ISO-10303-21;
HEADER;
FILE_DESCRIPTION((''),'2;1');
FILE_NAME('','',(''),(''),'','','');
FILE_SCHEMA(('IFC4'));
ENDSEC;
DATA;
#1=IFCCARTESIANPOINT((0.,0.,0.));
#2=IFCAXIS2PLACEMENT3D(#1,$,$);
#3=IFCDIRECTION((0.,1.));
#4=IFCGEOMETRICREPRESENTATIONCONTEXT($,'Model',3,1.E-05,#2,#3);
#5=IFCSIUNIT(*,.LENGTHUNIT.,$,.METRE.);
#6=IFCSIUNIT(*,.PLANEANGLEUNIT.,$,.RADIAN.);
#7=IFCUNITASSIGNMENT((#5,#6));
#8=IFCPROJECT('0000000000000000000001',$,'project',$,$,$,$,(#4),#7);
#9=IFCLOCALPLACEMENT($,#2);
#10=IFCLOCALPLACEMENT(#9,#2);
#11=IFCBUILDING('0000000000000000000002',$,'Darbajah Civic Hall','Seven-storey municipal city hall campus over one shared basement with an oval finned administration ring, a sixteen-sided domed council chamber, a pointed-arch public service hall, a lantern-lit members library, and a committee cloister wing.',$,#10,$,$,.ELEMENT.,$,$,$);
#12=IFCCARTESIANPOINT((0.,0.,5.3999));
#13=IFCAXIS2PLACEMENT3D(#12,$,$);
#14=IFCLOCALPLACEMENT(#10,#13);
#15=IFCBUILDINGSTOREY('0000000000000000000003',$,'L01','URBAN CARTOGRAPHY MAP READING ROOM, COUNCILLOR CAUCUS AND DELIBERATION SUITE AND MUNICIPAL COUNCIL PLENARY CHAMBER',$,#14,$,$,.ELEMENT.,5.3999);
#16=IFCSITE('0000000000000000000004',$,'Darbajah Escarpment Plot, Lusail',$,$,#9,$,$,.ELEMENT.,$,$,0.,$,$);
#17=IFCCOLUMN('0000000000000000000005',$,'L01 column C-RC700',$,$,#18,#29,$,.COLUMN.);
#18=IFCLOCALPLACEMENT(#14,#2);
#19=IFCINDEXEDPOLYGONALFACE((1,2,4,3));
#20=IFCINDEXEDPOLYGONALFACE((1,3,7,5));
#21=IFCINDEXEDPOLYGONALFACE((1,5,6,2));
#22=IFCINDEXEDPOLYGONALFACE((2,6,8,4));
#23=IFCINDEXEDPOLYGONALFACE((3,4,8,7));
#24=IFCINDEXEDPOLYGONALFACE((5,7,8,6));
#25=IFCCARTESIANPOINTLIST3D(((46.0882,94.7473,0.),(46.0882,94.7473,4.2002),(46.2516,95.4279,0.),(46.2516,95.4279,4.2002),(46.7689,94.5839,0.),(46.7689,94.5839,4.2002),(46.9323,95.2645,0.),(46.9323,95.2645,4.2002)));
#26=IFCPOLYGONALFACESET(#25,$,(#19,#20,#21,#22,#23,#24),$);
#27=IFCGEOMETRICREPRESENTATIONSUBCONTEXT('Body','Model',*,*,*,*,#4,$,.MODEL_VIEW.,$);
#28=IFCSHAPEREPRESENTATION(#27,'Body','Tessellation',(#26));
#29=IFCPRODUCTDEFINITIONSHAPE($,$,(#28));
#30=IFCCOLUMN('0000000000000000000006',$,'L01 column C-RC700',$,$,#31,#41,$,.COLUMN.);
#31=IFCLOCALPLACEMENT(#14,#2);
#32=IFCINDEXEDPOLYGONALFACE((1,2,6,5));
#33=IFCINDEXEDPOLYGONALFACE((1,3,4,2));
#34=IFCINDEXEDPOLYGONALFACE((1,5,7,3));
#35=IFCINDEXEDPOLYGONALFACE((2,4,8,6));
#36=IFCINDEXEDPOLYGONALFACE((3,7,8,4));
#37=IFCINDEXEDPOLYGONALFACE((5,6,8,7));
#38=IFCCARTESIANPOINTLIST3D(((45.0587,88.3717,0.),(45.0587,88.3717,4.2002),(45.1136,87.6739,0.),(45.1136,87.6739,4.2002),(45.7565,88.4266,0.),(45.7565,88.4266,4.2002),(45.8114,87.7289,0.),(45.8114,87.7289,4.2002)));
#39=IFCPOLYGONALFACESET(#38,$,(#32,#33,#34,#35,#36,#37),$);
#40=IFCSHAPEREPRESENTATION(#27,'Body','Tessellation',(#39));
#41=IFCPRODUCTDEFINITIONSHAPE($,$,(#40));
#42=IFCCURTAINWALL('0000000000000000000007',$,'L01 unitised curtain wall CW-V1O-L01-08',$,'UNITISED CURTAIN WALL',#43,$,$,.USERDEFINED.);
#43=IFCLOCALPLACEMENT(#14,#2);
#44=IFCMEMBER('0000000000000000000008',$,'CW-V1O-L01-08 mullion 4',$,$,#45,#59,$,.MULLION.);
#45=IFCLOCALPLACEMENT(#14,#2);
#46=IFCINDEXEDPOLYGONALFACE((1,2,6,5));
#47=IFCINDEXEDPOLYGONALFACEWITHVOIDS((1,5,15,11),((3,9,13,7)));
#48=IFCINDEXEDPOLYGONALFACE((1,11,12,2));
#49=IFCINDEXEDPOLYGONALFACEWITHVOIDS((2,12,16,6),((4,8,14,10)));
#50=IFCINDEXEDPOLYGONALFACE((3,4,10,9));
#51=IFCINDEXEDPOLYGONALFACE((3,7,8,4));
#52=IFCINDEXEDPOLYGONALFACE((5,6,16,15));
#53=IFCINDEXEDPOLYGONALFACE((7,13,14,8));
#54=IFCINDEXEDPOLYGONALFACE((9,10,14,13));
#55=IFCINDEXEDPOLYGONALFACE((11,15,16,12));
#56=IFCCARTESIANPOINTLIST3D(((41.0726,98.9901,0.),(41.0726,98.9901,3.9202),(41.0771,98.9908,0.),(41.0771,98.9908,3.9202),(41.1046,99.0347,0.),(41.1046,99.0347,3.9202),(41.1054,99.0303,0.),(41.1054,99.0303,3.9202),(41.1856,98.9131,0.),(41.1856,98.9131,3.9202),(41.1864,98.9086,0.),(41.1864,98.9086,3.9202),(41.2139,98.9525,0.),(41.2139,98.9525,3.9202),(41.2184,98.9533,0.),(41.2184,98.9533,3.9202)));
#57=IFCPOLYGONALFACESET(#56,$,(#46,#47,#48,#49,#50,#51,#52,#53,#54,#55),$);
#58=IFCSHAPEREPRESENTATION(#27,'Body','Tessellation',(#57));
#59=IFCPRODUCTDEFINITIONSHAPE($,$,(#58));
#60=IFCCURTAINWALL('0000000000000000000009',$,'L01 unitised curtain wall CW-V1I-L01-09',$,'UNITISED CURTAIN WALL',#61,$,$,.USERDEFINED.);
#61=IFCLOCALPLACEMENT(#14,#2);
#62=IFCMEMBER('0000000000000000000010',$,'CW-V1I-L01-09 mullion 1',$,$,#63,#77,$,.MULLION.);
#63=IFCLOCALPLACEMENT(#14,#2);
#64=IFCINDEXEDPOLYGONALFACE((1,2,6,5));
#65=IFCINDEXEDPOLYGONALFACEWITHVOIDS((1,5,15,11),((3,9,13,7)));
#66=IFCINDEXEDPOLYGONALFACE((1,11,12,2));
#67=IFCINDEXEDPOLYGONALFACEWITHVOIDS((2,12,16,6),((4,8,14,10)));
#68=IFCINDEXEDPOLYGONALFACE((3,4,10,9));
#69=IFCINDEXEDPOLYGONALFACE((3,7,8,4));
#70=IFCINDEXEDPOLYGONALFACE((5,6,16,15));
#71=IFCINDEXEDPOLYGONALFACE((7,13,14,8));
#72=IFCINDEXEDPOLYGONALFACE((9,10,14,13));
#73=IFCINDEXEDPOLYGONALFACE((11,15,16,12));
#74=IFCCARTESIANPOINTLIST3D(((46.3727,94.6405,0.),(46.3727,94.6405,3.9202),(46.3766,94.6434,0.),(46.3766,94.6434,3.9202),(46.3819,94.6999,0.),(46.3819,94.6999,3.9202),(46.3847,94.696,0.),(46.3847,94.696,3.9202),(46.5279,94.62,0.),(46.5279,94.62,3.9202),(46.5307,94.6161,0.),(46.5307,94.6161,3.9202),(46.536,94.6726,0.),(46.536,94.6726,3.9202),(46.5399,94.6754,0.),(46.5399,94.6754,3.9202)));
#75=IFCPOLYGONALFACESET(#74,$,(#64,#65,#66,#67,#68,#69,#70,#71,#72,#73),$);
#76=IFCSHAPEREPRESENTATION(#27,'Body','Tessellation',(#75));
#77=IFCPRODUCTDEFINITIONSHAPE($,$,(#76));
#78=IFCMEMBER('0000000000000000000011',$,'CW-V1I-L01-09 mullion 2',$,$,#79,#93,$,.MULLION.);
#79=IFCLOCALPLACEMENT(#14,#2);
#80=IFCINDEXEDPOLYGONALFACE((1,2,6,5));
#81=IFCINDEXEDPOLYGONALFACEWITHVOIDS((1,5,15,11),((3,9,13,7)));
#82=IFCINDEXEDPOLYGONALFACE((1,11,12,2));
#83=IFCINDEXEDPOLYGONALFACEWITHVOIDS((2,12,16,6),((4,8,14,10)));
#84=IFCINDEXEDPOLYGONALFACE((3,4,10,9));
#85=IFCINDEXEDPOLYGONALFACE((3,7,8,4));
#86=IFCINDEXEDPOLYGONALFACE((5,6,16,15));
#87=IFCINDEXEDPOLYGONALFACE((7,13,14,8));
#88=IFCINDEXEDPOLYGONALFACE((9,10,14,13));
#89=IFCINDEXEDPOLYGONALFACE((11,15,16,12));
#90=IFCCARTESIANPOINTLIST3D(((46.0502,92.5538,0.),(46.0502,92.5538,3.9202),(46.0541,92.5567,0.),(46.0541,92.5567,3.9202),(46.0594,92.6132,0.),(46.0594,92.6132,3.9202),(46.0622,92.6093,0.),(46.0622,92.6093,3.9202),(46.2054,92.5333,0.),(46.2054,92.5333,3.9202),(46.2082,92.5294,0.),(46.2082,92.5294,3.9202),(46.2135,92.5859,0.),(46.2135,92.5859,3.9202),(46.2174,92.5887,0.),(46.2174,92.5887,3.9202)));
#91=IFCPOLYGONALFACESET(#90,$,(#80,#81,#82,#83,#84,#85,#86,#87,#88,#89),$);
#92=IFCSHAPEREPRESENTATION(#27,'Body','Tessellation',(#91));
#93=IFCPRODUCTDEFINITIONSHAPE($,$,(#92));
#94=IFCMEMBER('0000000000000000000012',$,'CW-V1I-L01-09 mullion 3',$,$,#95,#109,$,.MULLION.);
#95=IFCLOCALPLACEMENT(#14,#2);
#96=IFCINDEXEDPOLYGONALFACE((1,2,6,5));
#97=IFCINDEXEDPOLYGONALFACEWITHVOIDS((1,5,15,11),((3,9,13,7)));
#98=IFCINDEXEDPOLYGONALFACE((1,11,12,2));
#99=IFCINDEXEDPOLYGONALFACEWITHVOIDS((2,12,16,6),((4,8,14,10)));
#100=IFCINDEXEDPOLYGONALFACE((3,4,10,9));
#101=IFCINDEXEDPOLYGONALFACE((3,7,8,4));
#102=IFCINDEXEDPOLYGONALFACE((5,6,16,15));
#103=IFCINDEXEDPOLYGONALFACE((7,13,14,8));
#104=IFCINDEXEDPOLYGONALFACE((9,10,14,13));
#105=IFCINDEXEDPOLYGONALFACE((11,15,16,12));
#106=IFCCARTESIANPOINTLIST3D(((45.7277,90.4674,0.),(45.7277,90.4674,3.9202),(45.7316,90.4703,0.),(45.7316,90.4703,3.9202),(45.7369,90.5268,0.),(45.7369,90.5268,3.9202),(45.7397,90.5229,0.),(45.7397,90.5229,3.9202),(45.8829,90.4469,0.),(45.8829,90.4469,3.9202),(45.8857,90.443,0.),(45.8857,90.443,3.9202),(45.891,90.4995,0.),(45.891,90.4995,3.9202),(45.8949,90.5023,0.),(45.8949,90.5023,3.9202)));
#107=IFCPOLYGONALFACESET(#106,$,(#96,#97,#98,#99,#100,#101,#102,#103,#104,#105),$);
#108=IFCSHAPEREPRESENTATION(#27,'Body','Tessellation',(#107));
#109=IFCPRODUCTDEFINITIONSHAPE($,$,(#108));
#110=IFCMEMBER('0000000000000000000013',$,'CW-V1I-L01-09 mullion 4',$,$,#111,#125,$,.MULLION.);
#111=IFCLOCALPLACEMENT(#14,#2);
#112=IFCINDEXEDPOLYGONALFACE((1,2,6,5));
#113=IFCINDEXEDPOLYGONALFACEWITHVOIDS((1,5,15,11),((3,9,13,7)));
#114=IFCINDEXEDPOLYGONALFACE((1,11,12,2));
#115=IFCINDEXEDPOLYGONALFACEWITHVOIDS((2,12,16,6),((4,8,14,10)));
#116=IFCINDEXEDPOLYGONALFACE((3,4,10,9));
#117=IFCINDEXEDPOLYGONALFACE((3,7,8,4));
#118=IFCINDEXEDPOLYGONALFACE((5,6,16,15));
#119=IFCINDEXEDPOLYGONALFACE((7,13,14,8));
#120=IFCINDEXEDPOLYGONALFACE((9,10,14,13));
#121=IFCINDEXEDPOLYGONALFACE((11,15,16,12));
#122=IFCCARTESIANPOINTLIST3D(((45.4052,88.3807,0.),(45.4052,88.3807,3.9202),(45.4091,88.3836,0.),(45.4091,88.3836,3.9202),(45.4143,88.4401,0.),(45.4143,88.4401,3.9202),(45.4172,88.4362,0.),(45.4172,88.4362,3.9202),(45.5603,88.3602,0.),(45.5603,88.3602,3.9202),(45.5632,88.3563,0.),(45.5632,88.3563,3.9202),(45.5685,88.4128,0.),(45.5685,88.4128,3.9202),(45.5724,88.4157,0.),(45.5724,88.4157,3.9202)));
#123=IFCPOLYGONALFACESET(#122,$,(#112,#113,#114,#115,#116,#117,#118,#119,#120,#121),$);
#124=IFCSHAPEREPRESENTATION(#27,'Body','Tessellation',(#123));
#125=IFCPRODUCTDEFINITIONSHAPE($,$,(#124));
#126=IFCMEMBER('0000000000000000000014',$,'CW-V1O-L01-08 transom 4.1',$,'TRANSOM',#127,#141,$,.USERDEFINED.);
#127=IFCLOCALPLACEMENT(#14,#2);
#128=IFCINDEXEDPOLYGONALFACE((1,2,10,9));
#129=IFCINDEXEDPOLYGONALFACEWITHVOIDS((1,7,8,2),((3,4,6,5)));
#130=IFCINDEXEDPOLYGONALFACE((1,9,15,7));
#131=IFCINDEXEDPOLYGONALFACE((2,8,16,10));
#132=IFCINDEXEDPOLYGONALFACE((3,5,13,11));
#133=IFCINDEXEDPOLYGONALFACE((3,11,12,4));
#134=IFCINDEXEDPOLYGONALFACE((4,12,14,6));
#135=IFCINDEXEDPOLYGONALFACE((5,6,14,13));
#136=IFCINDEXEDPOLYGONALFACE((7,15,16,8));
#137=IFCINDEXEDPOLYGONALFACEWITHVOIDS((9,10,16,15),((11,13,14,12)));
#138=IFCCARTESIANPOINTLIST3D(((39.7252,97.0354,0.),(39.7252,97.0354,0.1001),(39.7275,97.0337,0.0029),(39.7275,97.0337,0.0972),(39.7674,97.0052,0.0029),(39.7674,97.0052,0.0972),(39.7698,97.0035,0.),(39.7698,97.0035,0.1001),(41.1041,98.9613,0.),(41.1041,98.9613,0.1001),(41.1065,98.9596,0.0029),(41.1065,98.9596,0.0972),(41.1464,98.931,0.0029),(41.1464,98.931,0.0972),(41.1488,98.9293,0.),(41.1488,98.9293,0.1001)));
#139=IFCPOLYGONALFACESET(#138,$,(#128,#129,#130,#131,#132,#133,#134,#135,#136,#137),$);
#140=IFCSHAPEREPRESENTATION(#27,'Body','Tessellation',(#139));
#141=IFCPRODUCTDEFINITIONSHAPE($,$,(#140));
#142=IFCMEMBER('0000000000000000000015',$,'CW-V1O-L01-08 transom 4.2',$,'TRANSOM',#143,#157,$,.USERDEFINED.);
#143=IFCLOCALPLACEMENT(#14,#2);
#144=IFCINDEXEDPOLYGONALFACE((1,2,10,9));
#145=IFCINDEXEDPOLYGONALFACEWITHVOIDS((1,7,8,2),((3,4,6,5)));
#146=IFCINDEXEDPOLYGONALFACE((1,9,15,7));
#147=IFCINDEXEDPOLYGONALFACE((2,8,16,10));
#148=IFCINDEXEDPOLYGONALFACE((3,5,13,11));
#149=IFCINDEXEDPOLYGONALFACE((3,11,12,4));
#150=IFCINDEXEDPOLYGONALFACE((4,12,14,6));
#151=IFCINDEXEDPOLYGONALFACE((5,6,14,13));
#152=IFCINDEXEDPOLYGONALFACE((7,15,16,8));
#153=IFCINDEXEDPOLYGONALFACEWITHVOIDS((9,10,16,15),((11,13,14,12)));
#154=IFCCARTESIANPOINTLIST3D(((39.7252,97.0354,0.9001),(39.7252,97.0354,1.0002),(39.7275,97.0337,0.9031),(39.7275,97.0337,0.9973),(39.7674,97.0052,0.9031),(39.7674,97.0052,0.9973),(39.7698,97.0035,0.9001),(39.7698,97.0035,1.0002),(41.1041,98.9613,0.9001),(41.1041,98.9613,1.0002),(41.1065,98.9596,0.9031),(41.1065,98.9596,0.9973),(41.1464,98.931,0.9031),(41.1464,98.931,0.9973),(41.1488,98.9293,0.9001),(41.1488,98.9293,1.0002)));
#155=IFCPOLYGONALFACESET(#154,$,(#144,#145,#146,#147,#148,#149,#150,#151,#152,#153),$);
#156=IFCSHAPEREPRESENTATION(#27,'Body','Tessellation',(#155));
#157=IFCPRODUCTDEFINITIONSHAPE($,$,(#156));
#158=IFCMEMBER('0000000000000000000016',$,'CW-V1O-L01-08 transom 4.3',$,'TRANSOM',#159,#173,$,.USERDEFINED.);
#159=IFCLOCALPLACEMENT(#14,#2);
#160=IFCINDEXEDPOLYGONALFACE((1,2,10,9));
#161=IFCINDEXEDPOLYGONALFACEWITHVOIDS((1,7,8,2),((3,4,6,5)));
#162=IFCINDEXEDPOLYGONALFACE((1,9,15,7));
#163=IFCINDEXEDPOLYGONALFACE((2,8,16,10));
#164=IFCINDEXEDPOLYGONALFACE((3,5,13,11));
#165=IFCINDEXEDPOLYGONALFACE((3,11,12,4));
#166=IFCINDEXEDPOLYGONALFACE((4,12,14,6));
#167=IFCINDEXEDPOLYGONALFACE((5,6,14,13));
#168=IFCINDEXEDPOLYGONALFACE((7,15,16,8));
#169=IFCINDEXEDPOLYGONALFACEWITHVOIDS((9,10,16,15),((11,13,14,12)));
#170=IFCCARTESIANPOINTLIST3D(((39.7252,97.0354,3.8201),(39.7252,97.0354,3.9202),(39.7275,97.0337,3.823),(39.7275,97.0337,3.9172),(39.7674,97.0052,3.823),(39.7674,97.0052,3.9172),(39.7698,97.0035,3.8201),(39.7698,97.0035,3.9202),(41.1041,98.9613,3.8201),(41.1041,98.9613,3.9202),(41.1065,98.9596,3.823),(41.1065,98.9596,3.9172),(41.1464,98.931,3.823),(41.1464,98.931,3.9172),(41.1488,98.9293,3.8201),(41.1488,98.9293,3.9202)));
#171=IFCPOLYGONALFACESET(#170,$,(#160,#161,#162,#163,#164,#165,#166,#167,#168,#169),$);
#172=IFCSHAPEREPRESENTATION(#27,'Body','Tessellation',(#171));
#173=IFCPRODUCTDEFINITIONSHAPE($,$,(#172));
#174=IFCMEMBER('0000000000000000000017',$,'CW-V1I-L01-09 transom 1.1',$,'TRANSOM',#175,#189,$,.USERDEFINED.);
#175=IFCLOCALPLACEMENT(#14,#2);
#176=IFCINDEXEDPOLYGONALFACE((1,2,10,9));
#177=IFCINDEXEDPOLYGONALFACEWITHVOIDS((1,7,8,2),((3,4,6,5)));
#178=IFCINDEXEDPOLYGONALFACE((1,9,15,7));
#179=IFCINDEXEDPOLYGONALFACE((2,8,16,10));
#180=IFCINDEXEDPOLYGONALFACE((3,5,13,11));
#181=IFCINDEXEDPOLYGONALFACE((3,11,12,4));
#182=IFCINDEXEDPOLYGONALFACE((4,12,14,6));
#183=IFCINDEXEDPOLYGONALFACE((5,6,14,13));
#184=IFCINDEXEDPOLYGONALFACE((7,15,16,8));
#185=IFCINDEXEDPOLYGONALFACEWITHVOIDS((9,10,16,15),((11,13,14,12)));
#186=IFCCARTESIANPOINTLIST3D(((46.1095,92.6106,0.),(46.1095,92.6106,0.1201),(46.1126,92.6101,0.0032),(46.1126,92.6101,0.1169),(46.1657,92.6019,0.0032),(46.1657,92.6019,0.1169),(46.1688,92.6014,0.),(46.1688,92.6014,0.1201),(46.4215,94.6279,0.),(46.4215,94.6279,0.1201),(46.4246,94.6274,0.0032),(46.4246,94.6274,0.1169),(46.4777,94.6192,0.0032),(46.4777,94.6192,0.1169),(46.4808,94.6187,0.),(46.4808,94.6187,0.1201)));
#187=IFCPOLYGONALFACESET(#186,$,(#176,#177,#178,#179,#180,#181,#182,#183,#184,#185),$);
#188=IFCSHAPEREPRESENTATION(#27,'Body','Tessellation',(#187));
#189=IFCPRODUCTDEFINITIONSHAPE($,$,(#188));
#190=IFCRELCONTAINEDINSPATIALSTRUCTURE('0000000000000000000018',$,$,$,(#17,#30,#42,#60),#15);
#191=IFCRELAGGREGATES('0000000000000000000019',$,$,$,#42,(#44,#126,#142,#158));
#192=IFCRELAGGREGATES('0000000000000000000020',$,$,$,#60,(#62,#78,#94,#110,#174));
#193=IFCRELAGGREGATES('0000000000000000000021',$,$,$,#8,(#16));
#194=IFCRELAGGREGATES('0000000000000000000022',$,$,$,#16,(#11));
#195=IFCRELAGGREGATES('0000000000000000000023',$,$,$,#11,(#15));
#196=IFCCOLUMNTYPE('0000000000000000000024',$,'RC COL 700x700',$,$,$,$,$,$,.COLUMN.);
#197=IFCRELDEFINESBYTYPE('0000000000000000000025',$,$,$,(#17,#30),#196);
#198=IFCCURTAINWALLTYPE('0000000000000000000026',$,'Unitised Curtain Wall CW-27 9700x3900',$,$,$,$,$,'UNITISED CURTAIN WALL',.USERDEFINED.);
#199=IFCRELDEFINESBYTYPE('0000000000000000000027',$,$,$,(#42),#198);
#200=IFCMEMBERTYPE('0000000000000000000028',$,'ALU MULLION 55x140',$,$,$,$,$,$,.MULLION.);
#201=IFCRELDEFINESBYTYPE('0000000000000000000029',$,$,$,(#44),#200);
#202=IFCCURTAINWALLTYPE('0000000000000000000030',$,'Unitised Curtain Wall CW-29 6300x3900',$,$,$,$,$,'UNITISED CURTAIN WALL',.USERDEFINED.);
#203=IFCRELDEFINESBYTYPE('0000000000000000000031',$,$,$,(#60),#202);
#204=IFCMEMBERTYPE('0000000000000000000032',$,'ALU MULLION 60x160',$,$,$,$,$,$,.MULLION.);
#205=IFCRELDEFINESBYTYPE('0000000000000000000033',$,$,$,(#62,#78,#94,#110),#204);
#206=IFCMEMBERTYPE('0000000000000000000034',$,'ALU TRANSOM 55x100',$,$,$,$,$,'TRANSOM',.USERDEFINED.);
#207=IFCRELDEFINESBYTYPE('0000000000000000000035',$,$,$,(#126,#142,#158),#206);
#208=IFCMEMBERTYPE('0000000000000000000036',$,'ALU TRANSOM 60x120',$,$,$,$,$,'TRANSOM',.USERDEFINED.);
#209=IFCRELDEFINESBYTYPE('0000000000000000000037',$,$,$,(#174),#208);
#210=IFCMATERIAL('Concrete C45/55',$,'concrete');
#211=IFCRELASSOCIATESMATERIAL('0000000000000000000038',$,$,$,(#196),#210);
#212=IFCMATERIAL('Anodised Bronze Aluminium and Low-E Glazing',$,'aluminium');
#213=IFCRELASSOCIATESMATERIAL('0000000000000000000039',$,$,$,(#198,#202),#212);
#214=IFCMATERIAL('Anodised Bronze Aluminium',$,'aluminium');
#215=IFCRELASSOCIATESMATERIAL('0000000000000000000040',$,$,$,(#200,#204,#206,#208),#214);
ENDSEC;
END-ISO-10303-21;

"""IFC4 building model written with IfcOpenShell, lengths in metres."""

from ifc_helpers import new_model, si_unit, direction, frame, origin, origin_2d, place, context, subcontext, project, spatial, rectangle, hollow_rectangle, extrude, material, material_profile, profile_set, type_object, element, aggregate, save


model = new_model("IFC4")

# Units and contexts
model_context = context("Model", 3, precision=1e-05, world=origin(), true_north=direction((0.0, 1.0)))
body_context = subcontext(model_context, "Body", "Model", "MODEL_VIEW")
ifc_project = project(units=[si_unit("LENGTHUNIT", "METRE"), si_unit("PLANEANGLEUNIT", "RADIAN")], contexts=[model_context])

# Site, building, storey
site_placement = place(None, origin())
site = spatial("IfcSite", under=ifc_project, at=site_placement, Name="Darbajah Escarpment Plot, Lusail", CompositionType="ELEMENT", RefElevation=0.0)
building_placement = place(site_placement, origin())
building = spatial("IfcBuilding", under=site, at=building_placement, Name="Darbajah Civic Hall", Description="Seven-storey municipal city hall campus over one shared basement with an oval finned administration ring, a sixteen-sided domed council chamber, a pointed-arch public service hall, a lantern-lit members library, and a committee cloister wing.", CompositionType="ELEMENT")
storey_placement = place(building_placement, frame((0.0, 0.0, 5.3999)))
storey = spatial("IfcBuildingStorey", under=building, at=storey_placement, Name="L01", Description="URBAN CARTOGRAPHY MAP READING ROOM, COUNCILLOR CAUCUS AND DELIBERATION SUITE AND MUNICIPAL COUNCIL PLENARY CHAMBER", CompositionType="ELEMENT", Elevation=5.3999)

# Columns
ifc_material_1 = material(Name="Concrete C45/55", Category="concrete")
ifc_material_profile_1 = material_profile(ifc_material_1, rectangle(XDim=0.7, YDim=0.7, at=origin_2d()), Name="RC COL 700x700")
ifc_profile_set_1 = profile_set([ifc_material_profile_1], Name="Concrete C45/55")
column_type = type_object("IfcColumnType", Name="RC COL 700x700", PredefinedType="COLUMN", material=ifc_profile_set_1)
for number, where, z_axis, x_axis, name in (
    (1, (46.5103, 95.0059, 0.0), (0.0, 0.0, 1.0), (-0.97237, 0.233445, 0.0), "L01 column C-RC700"),
    (2, (45.4351, 88.0503, 0.0), (0.0, 0.0, 1.0), (-0.996917, -0.078459, 0.0), "L01 column C-RC700"),
):
    element("IfcColumn", number, at=place(storey_placement, frame(where, z_axis=z_axis, x_axis=x_axis)), inside=storey, type_object=column_type, Name=name, PredefinedType="COLUMN", context=body_context, shape_type="SweptSolid", body=[
        extrude(rectangle(XDim=0.7, YDim=0.7, at=origin_2d()), origin(), (0.0, 0.0, 1.0), 4.2002),
    ])

# Curtain wall, member
ifc_material_2 = material(Name="Anodised Bronze Aluminium and Low-E Glazing", Category="aluminium")
curtain_wall_type_1 = type_object("IfcCurtainWallType", Name="Unitised Curtain Wall CW-27 9700x3900", ElementType="UNITISED CURTAIN WALL", PredefinedType="USERDEFINED", material=ifc_material_2)
curtain_wall_1_placement = place(storey_placement, origin())
curtain_wall_1 = element("IfcCurtainWall", 3, at=curtain_wall_1_placement, inside=storey, type_object=curtain_wall_type_1, Name="L01 unitised curtain wall CW-V1O-L01-08", ObjectType="UNITISED CURTAIN WALL", PredefinedType="USERDEFINED")
ifc_material_3 = material(Name="Anodised Bronze Aluminium", Category="aluminium")
ifc_material_profile_2 = material_profile(ifc_material_3, hollow_rectangle(XDim=0.0549, YDim=0.1399, WallThickness=0.0032, at=origin_2d()), Name="ALU MULLION 55x140")
ifc_profile_set_2 = profile_set([ifc_material_profile_2], Name="Anodised Bronze Aluminium")
member_type_1 = type_object("IfcMemberType", Name="ALU MULLION 55x140", PredefinedType="MULLION", material=ifc_profile_set_2)
member_1_placement = place(storey_placement, frame((41.1455, 98.9717, 0.0), z_axis=(0.0, 0.0, 1.0), x_axis=(-0.582265, -0.812999, 0.0)))
member_1 = element("IfcMember", 4, at=member_1_placement, type_object=member_type_1, Name="CW-V1O-L01-08 mullion 4", PredefinedType="MULLION", context=body_context, shape_type="SweptSolid", body=[
    extrude(hollow_rectangle(XDim=0.0549, YDim=0.1399, WallThickness=0.0032, at=origin_2d()), origin(), (0.0, 0.0, 1.0), 3.9202),
])

# Curtain wall, members
curtain_wall_type_2 = type_object("IfcCurtainWallType", Name="Unitised Curtain Wall CW-29 6300x3900", ElementType="UNITISED CURTAIN WALL", PredefinedType="USERDEFINED", material=ifc_material_2)
curtain_wall_2_placement = place(storey_placement, origin())
curtain_wall_2 = element("IfcCurtainWall", 5, at=curtain_wall_2_placement, inside=storey, type_object=curtain_wall_type_2, Name="L01 unitised curtain wall CW-V1I-L01-09", ObjectType="UNITISED CURTAIN WALL", PredefinedType="USERDEFINED")
ifc_material_profile_3 = material_profile(ifc_material_3, hollow_rectangle(XDim=0.0601, YDim=0.1599, WallThickness=0.0034, at=origin_2d()), Name="ALU MULLION 60x160")
ifc_profile_set_3 = profile_set([ifc_material_profile_3], Name="Anodised Bronze Aluminium")
member_type_2 = type_object("IfcMemberType", Name="ALU MULLION 60x160", PredefinedType="MULLION", material=ifc_profile_set_3)
member_2_placement = place(storey_placement, frame((46.4563, 94.658, 0.0), z_axis=(0.0, 0.0, 1.0), x_axis=(-0.152813, -0.988255, 0.0)))
member_2 = element("IfcMember", 6, at=member_2_placement, type_object=member_type_2, Name="CW-V1I-L01-09 mullion 1", PredefinedType="MULLION", context=body_context, shape_type="SweptSolid", body=[
    extrude(hollow_rectangle(XDim=0.0601, YDim=0.1599, WallThickness=0.0034, at=origin_2d()), origin(), (0.0, 0.0, 1.0), 3.9202),
])
member_3_placement = place(storey_placement, frame((46.1338, 92.5713, 0.0), z_axis=(0.0, 0.0, 1.0), x_axis=(-0.152813, -0.988255, 0.0)))
member_3 = element("IfcMember", 7, at=member_3_placement, type_object=member_type_2, Name="CW-V1I-L01-09 mullion 2", PredefinedType="MULLION", context=body_context, shape_type="SweptSolid", body=[
    extrude(hollow_rectangle(XDim=0.0601, YDim=0.1599, WallThickness=0.0034, at=origin_2d()), origin(), (0.0, 0.0, 1.0), 3.9202),
])
member_4_placement = place(storey_placement, frame((45.8113, 90.4849, 0.0), z_axis=(0.0, 0.0, 1.0), x_axis=(-0.152813, -0.988255, 0.0)))
member_4 = element("IfcMember", 8, at=member_4_placement, type_object=member_type_2, Name="CW-V1I-L01-09 mullion 3", PredefinedType="MULLION", context=body_context, shape_type="SweptSolid", body=[
    extrude(hollow_rectangle(XDim=0.0601, YDim=0.1599, WallThickness=0.0034, at=origin_2d()), origin(), (0.0, 0.0, 1.0), 3.9202),
])
member_5_placement = place(storey_placement, frame((45.4888, 88.3982, 0.0), z_axis=(0.0, 0.0, 1.0), x_axis=(-0.152813, -0.988255, 0.0)))
member_5 = element("IfcMember", 9, at=member_5_placement, type_object=member_type_2, Name="CW-V1I-L01-09 mullion 4", PredefinedType="MULLION", context=body_context, shape_type="SweptSolid", body=[
    extrude(hollow_rectangle(XDim=0.0601, YDim=0.1599, WallThickness=0.0034, at=origin_2d()), origin(), (0.0, 0.0, 1.0), 3.9202),
])

# Members
ifc_material_profile_4 = material_profile(ifc_material_3, hollow_rectangle(XDim=0.0549, YDim=0.1001, WallThickness=0.0029, at=origin_2d()), Name="ALU TRANSOM 55x100")
ifc_profile_set_4 = profile_set([ifc_material_profile_4], Name="Anodised Bronze Aluminium")
member_type_3 = type_object("IfcMemberType", Name="ALU TRANSOM 55x100", ElementType="TRANSOM", PredefinedType="USERDEFINED", material=ifc_profile_set_4)
member_6_placement = place(storey_placement, frame((41.1265, 98.9453, 0.05), z_axis=(-0.582174, -0.813064, 0.0), x_axis=(0.813064, -0.582174, 0.0)))
member_6 = element("IfcMember", 10, at=member_6_placement, type_object=member_type_3, Name="CW-V1O-L01-08 transom 4.1", ObjectType="TRANSOM", PredefinedType="USERDEFINED", context=body_context, shape_type="SweptSolid", body=[
    extrude(hollow_rectangle(XDim=0.0549, YDim=0.1001, WallThickness=0.0029, at=origin_2d()), origin(), (0.0, 0.0, 1.0), 2.3687),
])
member_7_placement = place(storey_placement, frame((41.1265, 98.9453, 0.9502), z_axis=(-0.582174, -0.813064, 0.0), x_axis=(0.813064, -0.582174, 0.0)))
member_7 = element("IfcMember", 11, at=member_7_placement, type_object=member_type_3, Name="CW-V1O-L01-08 transom 4.2", ObjectType="TRANSOM", PredefinedType="USERDEFINED", context=body_context, shape_type="SweptSolid", body=[
    extrude(hollow_rectangle(XDim=0.0549, YDim=0.1001, WallThickness=0.0029, at=origin_2d()), origin(), (0.0, 0.0, 1.0), 2.3687),
])
member_8_placement = place(storey_placement, frame((41.1265, 98.9453, 3.8701), z_axis=(-0.582174, -0.813064, 0.0), x_axis=(0.813064, -0.582174, 0.0)))
member_8 = element("IfcMember", 12, at=member_8_placement, type_object=member_type_3, Name="CW-V1O-L01-08 transom 4.3", ObjectType="TRANSOM", PredefinedType="USERDEFINED", context=body_context, shape_type="SweptSolid", body=[
    extrude(hollow_rectangle(XDim=0.0549, YDim=0.1001, WallThickness=0.0029, at=origin_2d()), origin(), (0.0, 0.0, 1.0), 2.3687),
])
ifc_material_profile_5 = material_profile(ifc_material_3, hollow_rectangle(XDim=0.0601, YDim=0.1201, WallThickness=0.0032, at=origin_2d()), Name="ALU TRANSOM 60x120")
ifc_profile_set_5 = profile_set([ifc_material_profile_5], Name="Anodised Bronze Aluminium")
member_type_4 = type_object("IfcMemberType", Name="ALU TRANSOM 60x120", ElementType="TRANSOM", PredefinedType="USERDEFINED", material=ifc_profile_set_5)
member_9_placement = place(storey_placement, frame((46.4512, 94.6233, 0.0601), z_axis=(-0.152848, -0.98825, 0.0), x_axis=(0.98825, -0.152848, 0.0)))
member_9 = element("IfcMember", 13, at=member_9_placement, type_object=member_type_4, Name="CW-V1I-L01-09 transom 1.1", ObjectType="TRANSOM", PredefinedType="USERDEFINED", context=body_context, shape_type="SweptSolid", body=[
    extrude(hollow_rectangle(XDim=0.0601, YDim=0.1201, WallThickness=0.0032, at=origin_2d()), origin(), (0.0, 0.0, 1.0), 2.0413),
])

aggregate(curtain_wall_1, [member_1, member_6, member_7, member_8])
aggregate(curtain_wall_2, [member_2, member_3, member_4, member_5, member_9])

save(model, "model.ifc")
